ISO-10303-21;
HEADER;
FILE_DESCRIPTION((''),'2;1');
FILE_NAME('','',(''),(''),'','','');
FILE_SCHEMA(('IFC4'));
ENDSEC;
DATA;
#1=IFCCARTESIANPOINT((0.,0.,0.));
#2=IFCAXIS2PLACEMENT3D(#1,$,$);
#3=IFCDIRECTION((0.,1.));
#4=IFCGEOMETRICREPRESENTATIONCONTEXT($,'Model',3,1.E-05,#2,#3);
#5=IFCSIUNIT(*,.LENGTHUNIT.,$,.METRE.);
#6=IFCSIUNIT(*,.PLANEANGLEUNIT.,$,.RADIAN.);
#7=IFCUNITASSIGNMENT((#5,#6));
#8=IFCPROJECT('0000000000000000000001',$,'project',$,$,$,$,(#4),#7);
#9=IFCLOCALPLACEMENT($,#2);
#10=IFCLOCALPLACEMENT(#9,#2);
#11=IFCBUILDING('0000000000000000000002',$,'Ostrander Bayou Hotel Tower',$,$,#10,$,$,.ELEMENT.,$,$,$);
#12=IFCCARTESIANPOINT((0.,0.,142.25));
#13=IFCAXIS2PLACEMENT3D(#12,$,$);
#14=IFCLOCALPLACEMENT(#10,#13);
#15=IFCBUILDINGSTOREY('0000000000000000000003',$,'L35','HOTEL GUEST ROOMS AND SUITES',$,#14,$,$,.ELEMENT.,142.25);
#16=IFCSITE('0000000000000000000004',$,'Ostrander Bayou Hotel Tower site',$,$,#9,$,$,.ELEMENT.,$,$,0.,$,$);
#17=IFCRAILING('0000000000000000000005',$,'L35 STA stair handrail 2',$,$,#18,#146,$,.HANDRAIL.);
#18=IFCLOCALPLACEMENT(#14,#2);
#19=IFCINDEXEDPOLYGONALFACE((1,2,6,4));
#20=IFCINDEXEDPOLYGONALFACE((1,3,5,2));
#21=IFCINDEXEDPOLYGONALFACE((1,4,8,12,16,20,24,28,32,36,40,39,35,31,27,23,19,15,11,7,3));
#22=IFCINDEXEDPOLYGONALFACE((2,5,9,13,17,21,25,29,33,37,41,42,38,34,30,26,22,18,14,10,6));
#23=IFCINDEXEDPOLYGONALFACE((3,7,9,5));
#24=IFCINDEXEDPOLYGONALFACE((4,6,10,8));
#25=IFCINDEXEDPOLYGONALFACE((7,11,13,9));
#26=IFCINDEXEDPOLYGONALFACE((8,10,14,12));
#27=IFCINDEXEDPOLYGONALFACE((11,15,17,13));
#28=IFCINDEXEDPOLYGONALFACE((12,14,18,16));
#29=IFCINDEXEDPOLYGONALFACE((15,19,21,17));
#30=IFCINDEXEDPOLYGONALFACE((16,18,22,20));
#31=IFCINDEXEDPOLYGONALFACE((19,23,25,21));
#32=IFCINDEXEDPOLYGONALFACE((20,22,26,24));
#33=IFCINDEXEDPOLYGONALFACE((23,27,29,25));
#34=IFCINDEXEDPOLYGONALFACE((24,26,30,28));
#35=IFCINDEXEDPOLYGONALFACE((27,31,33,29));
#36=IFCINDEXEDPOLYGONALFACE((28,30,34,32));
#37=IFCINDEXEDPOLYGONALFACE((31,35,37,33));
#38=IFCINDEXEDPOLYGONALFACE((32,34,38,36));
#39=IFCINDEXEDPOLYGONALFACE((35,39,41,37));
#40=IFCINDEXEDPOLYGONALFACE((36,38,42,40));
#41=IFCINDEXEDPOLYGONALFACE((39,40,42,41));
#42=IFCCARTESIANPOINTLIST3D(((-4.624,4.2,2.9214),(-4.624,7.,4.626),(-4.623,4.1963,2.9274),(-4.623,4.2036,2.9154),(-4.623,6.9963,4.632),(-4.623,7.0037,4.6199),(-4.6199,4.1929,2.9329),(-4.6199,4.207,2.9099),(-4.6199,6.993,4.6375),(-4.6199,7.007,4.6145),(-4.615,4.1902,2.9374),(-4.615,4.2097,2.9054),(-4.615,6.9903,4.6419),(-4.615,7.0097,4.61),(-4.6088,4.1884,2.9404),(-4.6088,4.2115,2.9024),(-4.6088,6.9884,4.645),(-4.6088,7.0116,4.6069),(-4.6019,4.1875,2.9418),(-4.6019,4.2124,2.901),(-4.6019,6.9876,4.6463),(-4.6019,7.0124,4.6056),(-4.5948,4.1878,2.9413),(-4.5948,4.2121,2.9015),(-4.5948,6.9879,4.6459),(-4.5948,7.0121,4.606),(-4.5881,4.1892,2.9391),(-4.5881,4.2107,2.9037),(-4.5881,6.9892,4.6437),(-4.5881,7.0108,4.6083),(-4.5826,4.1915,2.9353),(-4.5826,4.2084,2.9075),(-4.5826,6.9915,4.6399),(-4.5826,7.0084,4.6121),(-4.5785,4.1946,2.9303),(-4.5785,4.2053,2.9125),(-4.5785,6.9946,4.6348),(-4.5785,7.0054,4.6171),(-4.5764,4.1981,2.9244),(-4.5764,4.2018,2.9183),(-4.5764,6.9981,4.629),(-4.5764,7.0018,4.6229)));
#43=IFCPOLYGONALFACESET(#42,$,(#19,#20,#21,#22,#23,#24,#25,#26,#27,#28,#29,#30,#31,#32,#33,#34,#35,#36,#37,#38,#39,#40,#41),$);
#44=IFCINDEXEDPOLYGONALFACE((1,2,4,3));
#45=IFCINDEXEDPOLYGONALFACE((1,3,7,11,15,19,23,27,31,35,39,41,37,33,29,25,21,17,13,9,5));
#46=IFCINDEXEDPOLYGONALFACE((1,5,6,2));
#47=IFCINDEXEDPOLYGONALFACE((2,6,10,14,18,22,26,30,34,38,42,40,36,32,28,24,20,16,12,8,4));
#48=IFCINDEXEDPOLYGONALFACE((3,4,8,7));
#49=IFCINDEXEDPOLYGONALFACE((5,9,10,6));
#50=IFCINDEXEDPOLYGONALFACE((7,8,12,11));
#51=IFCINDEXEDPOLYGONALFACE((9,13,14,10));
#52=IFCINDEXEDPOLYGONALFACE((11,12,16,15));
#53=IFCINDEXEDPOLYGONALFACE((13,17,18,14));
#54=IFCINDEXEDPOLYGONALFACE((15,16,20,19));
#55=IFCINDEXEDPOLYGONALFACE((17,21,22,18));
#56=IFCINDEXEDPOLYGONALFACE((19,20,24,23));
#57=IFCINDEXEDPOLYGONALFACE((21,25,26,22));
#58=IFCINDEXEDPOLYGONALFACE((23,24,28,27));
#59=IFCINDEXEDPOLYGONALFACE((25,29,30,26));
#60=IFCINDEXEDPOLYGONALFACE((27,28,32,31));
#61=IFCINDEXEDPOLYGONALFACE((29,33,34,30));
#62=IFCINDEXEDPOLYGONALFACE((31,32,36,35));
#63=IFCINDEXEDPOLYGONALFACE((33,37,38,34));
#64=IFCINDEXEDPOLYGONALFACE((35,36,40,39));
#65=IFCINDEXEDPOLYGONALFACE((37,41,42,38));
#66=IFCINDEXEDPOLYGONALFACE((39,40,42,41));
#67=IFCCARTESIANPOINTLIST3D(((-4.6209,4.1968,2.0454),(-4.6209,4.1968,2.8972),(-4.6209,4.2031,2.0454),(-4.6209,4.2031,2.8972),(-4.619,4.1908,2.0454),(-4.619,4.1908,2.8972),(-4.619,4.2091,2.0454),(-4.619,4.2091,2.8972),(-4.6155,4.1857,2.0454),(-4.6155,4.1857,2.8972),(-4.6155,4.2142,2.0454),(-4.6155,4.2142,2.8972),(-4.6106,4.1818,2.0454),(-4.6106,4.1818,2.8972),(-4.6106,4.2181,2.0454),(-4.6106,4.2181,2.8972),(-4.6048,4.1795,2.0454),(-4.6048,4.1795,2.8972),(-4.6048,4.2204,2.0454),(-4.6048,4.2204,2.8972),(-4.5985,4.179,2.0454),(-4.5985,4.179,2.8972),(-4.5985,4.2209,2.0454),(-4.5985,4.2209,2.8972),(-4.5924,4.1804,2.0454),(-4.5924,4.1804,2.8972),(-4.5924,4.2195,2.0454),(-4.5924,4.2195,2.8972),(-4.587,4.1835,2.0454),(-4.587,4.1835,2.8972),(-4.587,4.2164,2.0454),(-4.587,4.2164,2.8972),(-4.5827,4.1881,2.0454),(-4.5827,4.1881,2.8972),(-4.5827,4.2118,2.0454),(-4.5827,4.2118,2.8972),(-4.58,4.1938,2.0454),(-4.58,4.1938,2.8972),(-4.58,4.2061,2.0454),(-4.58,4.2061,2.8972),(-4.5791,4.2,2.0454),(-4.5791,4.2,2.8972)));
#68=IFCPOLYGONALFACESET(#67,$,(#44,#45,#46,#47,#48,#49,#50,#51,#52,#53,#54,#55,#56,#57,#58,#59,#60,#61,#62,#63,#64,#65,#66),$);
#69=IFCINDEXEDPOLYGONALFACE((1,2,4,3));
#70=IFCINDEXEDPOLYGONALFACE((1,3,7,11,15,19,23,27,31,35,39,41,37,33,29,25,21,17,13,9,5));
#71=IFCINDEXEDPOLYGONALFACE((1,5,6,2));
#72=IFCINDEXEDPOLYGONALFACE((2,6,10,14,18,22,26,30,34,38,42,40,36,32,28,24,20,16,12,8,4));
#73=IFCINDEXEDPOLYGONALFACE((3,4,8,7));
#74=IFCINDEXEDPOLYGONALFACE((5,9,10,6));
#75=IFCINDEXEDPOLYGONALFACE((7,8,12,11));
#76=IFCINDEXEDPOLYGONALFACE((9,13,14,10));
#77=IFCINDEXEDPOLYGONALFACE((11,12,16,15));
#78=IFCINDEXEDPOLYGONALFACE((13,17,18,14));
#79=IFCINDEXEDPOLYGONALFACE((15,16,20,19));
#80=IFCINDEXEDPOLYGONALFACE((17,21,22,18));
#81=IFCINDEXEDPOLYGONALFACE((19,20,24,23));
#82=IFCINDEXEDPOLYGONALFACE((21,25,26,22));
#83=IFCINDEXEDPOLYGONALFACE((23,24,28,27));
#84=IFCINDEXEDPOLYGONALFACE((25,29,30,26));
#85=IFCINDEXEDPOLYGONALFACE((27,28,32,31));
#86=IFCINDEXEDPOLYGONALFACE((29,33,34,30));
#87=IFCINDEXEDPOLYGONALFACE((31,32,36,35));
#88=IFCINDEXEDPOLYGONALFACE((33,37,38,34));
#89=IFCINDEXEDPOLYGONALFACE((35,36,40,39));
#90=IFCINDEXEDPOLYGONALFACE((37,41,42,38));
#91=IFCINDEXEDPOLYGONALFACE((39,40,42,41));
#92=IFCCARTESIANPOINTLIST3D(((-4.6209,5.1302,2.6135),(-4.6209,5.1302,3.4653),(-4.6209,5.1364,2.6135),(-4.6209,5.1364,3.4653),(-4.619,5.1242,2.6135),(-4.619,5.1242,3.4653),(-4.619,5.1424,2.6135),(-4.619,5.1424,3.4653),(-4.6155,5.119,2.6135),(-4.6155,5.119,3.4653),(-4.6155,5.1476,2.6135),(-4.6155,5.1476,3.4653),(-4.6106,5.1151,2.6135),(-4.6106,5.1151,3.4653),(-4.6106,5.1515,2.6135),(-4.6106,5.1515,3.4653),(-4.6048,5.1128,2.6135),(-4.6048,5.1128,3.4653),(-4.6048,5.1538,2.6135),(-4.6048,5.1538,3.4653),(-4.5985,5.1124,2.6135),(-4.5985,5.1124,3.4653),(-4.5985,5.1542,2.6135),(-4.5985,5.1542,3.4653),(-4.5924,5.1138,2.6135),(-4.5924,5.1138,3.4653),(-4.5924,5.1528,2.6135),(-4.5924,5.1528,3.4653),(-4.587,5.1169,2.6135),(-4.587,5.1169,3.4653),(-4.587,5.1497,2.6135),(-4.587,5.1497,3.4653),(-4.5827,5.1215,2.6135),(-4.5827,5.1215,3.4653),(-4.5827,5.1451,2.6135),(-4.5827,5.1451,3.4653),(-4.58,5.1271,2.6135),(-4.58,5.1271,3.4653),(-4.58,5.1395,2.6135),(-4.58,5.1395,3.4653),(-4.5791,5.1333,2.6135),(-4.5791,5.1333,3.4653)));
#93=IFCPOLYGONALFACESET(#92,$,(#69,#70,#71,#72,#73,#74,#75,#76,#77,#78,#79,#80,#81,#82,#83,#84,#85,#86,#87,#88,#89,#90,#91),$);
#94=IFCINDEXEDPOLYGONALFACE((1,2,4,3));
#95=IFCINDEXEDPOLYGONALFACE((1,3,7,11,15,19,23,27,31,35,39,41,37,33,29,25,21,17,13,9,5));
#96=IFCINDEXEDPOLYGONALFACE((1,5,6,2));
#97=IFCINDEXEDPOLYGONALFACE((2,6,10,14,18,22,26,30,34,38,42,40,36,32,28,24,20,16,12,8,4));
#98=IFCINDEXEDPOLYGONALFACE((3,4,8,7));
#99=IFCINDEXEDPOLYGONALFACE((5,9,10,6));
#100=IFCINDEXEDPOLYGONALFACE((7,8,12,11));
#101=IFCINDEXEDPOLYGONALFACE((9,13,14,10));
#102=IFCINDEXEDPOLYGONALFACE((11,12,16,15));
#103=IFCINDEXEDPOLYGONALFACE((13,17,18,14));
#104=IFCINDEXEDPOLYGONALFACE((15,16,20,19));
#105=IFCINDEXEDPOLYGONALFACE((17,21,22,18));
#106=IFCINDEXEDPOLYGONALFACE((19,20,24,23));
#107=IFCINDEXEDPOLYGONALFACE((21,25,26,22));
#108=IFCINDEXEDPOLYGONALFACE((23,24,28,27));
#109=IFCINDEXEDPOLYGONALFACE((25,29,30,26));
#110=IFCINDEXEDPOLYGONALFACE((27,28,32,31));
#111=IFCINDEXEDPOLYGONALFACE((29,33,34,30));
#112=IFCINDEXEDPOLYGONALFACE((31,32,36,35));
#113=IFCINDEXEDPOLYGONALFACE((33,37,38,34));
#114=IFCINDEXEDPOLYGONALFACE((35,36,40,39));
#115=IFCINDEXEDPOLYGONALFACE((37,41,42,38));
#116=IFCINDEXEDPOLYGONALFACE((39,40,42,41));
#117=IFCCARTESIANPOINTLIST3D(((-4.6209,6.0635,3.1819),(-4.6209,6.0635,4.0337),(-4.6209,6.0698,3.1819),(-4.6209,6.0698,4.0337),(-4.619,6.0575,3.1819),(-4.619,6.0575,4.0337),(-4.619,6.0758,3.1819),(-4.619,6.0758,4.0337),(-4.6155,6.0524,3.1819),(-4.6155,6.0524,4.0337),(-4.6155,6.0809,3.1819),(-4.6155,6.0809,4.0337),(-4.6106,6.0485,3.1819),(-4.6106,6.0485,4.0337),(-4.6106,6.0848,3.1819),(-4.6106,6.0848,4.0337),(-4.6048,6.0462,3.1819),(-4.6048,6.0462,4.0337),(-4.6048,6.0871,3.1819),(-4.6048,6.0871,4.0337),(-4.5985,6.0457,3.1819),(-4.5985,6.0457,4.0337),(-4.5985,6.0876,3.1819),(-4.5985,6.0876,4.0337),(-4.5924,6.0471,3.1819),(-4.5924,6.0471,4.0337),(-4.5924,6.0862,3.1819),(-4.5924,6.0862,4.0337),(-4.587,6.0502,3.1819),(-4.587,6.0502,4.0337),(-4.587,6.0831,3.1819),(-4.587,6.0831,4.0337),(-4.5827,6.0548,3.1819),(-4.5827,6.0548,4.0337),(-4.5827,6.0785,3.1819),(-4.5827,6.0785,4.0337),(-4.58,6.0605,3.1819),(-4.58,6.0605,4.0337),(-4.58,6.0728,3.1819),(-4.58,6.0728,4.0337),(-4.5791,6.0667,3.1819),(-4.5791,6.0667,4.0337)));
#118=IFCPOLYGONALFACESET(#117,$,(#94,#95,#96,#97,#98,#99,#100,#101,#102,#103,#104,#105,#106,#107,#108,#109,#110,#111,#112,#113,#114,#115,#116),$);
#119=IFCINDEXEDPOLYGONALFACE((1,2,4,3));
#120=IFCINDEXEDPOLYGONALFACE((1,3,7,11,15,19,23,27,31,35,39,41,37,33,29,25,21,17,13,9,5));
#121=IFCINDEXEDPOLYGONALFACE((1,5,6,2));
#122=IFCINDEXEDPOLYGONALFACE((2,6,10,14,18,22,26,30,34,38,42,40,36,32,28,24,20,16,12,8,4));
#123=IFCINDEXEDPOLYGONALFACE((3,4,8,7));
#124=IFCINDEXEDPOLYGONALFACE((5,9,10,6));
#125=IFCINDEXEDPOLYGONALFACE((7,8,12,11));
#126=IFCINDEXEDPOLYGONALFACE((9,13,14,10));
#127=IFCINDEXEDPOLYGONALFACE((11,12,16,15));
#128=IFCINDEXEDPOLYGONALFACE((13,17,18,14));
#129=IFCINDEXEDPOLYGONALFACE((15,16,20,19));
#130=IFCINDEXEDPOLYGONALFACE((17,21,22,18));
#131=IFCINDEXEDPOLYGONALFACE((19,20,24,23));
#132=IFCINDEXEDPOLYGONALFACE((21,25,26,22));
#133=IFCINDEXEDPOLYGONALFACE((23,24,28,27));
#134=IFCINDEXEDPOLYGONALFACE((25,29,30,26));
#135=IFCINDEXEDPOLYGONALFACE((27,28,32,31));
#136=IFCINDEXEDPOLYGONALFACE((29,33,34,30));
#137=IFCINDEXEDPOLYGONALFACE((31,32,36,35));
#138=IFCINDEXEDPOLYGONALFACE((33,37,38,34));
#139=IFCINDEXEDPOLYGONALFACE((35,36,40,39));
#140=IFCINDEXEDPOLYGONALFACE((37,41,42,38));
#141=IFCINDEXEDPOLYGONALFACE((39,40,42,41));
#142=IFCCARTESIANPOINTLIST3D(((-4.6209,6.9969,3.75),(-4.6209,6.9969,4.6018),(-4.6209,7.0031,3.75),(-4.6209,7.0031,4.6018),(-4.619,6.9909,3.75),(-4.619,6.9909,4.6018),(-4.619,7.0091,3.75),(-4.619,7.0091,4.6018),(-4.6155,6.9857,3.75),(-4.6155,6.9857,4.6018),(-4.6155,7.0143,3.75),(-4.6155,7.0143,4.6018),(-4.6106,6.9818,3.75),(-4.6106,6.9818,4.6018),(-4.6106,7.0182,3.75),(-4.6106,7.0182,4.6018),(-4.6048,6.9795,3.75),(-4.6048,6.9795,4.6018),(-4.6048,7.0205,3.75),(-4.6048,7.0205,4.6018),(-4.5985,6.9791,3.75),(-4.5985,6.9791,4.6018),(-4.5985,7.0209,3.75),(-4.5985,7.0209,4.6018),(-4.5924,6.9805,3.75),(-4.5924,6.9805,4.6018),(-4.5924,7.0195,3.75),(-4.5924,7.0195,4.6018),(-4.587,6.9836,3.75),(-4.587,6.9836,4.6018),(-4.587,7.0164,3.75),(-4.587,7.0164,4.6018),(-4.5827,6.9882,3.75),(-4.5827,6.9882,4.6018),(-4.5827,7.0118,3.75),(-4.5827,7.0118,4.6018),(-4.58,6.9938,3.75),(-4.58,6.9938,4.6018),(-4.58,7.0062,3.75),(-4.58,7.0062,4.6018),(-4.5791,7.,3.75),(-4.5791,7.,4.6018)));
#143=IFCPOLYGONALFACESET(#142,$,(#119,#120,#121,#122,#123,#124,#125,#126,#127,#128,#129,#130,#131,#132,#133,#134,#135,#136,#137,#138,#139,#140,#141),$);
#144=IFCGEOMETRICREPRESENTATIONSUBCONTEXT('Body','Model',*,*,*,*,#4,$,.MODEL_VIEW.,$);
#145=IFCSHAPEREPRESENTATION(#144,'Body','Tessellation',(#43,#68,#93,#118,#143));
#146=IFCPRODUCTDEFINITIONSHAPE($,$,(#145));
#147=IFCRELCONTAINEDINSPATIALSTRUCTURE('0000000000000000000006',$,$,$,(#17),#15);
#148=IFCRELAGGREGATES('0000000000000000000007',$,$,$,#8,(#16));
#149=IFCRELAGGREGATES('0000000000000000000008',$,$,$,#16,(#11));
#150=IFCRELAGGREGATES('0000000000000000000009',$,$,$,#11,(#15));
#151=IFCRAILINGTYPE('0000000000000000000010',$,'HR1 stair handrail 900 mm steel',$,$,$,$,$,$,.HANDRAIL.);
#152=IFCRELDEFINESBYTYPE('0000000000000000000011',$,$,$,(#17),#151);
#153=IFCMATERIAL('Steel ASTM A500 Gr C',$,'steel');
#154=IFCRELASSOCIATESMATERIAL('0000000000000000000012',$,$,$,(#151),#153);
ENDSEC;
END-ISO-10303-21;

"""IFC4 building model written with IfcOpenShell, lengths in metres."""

from ifc_helpers import new_model, si_unit, direction, frame, origin, origin_2d, place, context, subcontext, project, spatial, circle, extrude, material, type_object, element, save


model = new_model("IFC4")

# Units and contexts
model_context = context("Model", 3, precision=1e-05, world=origin(), true_north=direction((0.0, 1.0)))
body_context = subcontext(model_context, "Body", "Model", "MODEL_VIEW")
ifc_project = project(units=[si_unit("LENGTHUNIT", "METRE"), si_unit("PLANEANGLEUNIT", "RADIAN")], contexts=[model_context])

# Site, building, storey
site_placement = place(None, origin())
site = spatial("IfcSite", under=ifc_project, at=site_placement, Name="Ostrander Bayou Hotel Tower site", CompositionType="ELEMENT", RefElevation=0.0)
building_placement = place(site_placement, origin())
building = spatial("IfcBuilding", under=site, at=building_placement, Name="Ostrander Bayou Hotel Tower", CompositionType="ELEMENT")
storey_placement = place(building_placement, frame((0.0, 0.0, 142.25)))
storey = spatial("IfcBuildingStorey", under=building, at=storey_placement, Name="L35", Description="HOTEL GUEST ROOMS AND SUITES", CompositionType="ELEMENT", Elevation=142.25)

# Railing
ifc_material_1 = material(Name="Steel ASTM A500 Gr C", Category="steel")
railing_type_1 = type_object("IfcRailingType", Name="HR1 stair handrail 900 mm steel", PredefinedType="HANDRAIL", material=ifc_material_1)
railing_1_placement = place(storey_placement, frame((-4.6001, 4.2, 2.0454)))
element("IfcRailing", 1, at=railing_1_placement, inside=storey, type_object=railing_type_1, Name="L35 STA stair handrail 2", PredefinedType="HANDRAIL", context=body_context, shape_type="SweptSolid", body=[
    extrude(circle(Radius=0.0239, at=origin_2d()), frame((0.0, 0.0, 0.876), z_axis=(0.0, 0.85417, 0.519994), x_axis=(-1.0, 0.0, 0.0)), (0.0, 0.0, 1.0), 3.2781),
    extrude(circle(Radius=0.021, at=origin_2d()), origin(), (0.0, 0.0, 1.0), 0.8518),
    extrude(circle(Radius=0.021, at=origin_2d()), frame((0.0, 0.9333, 0.5681)), (0.0, 0.0, 1.0), 0.8518),
    extrude(circle(Radius=0.021, at=origin_2d()), frame((0.0, 1.8667, 1.1365)), (0.0, 0.0, 1.0), 0.8518),
    extrude(circle(Radius=0.021, at=origin_2d()), frame((0.0, 2.8, 1.7046)), (0.0, 0.0, 1.0), 0.8518),
])

save(model, "model.ifc")
